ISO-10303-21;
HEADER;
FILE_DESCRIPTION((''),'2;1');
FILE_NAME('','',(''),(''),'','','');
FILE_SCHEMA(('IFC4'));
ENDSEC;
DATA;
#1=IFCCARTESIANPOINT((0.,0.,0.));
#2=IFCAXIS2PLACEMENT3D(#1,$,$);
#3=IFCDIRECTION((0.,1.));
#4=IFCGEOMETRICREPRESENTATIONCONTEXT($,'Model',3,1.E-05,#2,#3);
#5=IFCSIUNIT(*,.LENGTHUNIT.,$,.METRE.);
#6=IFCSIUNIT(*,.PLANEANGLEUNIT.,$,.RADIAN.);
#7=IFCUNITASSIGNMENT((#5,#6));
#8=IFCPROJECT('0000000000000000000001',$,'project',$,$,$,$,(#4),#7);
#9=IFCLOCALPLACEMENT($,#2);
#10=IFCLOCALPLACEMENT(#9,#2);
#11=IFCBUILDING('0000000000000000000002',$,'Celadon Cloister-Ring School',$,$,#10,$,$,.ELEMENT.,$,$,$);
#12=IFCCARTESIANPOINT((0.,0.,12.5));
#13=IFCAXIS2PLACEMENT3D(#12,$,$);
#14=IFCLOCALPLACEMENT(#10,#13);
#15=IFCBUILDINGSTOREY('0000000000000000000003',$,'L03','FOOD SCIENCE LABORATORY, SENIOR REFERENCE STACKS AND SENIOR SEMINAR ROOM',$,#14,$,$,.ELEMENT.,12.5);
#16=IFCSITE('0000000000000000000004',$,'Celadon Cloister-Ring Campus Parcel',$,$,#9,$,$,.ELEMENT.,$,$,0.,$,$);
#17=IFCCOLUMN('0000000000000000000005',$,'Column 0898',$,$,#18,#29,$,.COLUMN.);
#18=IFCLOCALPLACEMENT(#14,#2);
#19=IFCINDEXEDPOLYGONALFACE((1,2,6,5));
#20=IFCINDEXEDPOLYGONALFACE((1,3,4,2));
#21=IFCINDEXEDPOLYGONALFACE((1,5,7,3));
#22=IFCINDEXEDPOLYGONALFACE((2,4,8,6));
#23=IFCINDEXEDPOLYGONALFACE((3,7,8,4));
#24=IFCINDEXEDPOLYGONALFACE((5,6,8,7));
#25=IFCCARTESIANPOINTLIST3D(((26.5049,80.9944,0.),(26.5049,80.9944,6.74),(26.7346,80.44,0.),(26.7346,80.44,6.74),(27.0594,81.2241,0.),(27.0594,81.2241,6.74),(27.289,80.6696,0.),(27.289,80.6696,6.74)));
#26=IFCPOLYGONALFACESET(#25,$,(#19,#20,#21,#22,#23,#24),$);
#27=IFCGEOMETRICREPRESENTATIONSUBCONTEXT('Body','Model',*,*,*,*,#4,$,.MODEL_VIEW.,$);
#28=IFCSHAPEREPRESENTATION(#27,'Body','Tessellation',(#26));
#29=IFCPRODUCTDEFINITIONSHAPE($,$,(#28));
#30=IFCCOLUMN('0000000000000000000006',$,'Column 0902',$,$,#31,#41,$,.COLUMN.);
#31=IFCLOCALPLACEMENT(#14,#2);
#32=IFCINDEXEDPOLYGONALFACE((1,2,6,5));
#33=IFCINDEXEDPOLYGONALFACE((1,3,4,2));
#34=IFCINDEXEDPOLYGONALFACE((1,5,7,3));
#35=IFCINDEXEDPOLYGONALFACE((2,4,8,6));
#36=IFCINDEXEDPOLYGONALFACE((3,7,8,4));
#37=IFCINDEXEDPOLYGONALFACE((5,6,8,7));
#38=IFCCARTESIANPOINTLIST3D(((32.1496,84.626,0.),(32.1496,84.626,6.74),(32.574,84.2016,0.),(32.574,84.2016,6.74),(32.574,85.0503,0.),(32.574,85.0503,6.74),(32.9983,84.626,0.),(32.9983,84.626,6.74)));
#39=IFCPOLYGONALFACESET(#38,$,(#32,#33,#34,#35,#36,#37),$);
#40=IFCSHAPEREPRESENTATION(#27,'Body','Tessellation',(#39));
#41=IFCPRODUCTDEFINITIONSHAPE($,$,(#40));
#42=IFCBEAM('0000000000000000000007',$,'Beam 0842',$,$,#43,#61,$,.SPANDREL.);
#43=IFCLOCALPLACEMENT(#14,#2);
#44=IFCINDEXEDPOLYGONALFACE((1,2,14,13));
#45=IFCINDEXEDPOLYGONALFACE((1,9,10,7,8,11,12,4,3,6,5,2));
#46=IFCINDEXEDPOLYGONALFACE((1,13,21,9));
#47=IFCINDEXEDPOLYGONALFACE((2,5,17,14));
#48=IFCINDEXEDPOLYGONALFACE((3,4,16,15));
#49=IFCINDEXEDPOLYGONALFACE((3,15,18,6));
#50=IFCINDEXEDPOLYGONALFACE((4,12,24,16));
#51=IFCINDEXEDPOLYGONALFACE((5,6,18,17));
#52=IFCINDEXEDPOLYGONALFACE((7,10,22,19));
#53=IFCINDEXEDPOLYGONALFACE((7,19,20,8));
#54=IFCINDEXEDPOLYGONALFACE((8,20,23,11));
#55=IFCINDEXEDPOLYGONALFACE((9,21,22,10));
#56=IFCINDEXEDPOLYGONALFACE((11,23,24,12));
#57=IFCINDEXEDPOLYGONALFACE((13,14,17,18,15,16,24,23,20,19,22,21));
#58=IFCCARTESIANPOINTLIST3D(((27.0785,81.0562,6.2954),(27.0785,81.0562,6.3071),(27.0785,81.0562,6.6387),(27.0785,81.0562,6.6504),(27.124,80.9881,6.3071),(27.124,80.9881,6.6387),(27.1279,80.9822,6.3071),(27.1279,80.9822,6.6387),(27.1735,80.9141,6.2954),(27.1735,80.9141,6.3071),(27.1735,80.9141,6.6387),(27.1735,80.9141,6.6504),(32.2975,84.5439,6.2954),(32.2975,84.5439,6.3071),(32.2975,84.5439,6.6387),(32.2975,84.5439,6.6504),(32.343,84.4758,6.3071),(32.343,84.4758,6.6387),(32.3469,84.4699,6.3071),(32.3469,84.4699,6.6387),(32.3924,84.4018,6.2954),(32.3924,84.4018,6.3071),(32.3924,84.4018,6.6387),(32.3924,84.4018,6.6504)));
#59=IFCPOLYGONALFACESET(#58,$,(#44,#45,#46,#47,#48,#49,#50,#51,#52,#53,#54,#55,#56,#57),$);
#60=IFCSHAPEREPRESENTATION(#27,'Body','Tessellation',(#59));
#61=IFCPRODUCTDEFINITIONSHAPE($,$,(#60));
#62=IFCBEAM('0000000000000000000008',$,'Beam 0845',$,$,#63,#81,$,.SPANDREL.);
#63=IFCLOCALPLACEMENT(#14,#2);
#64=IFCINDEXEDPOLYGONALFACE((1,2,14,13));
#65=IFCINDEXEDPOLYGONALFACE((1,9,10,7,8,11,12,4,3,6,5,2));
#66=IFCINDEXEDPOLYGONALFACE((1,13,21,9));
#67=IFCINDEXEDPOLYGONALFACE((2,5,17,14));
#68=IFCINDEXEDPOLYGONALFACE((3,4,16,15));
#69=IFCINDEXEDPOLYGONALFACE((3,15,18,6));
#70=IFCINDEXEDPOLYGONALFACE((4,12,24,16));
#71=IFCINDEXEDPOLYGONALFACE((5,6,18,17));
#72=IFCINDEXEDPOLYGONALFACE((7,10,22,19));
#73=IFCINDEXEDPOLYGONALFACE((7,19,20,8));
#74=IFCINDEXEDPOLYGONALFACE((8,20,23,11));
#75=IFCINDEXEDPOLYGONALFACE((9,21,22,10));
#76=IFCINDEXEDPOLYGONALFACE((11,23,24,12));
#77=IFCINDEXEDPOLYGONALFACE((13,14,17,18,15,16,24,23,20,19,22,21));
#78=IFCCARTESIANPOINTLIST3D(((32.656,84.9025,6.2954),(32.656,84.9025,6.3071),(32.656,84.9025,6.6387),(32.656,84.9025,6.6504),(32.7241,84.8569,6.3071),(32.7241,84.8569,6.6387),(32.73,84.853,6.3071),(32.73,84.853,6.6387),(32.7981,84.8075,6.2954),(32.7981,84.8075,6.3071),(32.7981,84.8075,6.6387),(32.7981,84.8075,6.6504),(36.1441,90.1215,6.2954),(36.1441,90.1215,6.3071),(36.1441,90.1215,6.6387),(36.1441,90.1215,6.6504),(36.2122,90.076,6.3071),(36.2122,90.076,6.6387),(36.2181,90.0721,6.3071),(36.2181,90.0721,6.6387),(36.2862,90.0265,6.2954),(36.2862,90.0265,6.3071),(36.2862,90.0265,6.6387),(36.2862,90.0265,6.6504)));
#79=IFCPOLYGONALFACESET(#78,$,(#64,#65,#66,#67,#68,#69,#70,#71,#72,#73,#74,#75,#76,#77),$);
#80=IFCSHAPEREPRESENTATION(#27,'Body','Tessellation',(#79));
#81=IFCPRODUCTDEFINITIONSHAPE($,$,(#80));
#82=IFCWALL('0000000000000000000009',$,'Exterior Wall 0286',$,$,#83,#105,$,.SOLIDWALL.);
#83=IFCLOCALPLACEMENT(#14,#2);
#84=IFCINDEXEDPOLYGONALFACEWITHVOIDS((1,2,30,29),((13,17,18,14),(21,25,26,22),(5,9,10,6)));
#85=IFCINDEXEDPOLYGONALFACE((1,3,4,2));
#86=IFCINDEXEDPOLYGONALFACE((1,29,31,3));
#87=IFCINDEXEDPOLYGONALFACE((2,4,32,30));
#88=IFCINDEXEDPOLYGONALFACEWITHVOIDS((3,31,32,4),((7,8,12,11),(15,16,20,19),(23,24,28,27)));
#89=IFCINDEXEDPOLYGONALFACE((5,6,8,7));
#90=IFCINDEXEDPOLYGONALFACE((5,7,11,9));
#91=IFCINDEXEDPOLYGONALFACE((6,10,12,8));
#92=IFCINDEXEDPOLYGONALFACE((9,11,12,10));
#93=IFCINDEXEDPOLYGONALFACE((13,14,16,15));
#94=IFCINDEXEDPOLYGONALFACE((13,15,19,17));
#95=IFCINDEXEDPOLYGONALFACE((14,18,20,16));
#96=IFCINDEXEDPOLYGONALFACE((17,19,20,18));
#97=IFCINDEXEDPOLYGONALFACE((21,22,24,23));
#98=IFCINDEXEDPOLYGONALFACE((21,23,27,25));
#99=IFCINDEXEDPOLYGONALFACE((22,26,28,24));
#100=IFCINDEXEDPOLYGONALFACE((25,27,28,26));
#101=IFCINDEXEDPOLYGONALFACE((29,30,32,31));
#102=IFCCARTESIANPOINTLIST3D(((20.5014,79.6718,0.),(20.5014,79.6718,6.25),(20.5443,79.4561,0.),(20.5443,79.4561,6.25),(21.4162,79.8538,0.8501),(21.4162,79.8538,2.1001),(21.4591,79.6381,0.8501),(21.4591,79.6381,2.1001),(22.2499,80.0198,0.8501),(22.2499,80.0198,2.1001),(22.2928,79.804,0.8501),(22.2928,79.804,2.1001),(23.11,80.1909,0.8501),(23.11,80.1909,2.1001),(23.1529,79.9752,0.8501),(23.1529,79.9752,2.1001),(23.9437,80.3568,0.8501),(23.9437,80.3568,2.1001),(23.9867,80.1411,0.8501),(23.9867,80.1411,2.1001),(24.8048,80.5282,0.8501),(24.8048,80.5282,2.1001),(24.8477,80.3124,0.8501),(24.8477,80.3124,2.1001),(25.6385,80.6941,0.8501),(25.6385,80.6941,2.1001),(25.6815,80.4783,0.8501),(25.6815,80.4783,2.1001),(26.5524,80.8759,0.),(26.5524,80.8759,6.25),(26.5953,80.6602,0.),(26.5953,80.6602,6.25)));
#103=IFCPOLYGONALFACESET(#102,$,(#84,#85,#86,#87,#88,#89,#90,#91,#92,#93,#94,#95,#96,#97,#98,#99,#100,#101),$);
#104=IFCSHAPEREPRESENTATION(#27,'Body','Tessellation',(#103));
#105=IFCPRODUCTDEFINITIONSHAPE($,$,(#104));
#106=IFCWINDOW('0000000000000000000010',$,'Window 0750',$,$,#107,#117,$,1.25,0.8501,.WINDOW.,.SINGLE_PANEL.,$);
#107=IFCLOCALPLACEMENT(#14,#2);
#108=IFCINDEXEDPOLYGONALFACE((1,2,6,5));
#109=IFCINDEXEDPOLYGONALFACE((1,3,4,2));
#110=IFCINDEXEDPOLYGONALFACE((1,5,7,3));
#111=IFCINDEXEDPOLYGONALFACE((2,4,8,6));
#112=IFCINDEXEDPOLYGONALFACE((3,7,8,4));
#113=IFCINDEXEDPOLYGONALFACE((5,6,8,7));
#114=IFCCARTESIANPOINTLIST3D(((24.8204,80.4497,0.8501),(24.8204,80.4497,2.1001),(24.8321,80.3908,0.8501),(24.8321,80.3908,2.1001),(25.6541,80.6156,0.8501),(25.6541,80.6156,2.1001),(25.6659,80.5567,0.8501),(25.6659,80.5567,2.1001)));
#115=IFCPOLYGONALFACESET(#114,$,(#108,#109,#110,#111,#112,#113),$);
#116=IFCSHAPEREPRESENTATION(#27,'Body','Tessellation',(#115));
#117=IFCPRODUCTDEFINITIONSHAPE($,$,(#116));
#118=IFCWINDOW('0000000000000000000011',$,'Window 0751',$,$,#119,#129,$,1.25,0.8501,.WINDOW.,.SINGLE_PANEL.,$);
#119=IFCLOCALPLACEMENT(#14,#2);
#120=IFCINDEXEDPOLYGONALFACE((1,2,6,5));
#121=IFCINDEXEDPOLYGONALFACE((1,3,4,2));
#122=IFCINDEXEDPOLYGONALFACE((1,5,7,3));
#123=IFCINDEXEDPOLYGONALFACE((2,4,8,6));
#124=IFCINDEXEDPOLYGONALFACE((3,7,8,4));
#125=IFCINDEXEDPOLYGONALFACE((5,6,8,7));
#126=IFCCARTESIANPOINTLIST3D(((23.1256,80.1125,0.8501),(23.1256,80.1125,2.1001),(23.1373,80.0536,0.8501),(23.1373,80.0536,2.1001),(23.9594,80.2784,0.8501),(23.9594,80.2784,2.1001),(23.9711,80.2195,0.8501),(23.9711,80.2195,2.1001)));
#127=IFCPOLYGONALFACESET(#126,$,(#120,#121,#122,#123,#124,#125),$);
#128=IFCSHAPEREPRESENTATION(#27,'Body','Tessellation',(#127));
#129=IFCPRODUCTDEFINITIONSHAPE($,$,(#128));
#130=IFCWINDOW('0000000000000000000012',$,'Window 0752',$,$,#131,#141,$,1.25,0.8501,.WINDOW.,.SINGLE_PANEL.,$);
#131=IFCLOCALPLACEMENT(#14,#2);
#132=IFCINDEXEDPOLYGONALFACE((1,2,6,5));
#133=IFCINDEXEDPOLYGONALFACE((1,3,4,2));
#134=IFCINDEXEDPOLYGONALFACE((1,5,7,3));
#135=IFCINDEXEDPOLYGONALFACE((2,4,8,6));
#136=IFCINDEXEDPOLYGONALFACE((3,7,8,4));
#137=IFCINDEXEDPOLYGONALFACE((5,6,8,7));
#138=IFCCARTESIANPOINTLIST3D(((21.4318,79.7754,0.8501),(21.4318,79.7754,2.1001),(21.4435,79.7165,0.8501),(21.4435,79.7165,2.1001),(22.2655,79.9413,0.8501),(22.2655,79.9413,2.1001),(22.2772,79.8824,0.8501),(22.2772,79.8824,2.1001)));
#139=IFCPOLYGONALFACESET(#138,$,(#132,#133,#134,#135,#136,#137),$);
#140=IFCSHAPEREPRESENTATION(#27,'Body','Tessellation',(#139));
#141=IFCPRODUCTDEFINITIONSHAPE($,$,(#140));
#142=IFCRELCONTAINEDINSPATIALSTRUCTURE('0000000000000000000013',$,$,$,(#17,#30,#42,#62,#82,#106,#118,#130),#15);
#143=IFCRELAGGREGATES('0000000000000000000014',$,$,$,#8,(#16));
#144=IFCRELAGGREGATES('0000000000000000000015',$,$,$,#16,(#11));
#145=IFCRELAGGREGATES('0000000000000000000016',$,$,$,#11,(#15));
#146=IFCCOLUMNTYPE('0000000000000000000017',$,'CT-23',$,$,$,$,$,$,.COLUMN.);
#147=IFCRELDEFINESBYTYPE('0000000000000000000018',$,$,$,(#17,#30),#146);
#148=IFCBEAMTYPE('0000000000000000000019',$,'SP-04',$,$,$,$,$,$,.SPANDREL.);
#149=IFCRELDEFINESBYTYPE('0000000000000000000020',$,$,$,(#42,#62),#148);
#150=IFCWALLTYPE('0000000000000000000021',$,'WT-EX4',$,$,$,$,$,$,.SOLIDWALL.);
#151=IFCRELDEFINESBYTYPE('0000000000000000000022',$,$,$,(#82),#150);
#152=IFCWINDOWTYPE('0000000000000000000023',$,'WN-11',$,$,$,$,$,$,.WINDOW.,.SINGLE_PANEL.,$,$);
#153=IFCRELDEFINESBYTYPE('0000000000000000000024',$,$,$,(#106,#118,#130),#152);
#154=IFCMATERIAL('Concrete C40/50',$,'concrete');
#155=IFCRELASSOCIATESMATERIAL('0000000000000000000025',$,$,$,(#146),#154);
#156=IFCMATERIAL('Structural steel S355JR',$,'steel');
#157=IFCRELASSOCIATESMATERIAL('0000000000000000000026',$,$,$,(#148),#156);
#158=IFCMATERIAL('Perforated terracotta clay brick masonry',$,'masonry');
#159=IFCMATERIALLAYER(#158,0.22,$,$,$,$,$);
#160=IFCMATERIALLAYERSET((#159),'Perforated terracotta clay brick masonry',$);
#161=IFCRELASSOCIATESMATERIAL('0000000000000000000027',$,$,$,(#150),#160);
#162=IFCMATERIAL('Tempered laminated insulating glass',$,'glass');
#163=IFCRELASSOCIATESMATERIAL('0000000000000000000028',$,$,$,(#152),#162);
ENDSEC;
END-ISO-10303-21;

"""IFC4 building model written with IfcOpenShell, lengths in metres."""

from ifc_helpers import new_model, si_unit, direction, frame, frame_2d, origin, origin_2d, place, context, subcontext, project, spatial, rectangle, i_section, extrude, material, layer, layer_set, material_profile, profile_set, type_object, element, fill, save


model = new_model("IFC4")

# Units and contexts
model_context = context("Model", 3, precision=1e-05, world=origin(), true_north=direction((0.0, 1.0)))
body_context = subcontext(model_context, "Body", "Model", "MODEL_VIEW")
ifc_project = project(units=[si_unit("LENGTHUNIT", "METRE"), si_unit("PLANEANGLEUNIT", "RADIAN")], contexts=[model_context])

# Site, building, storey
site_placement = place(None, origin())
site = spatial("IfcSite", under=ifc_project, at=site_placement, Name="Celadon Cloister-Ring Campus Parcel", CompositionType="ELEMENT", RefElevation=0.0)
building_placement = place(site_placement, origin())
building = spatial("IfcBuilding", under=site, at=building_placement, Name="Celadon Cloister-Ring School", CompositionType="ELEMENT")
storey_placement = place(building_placement, frame((0.0, 0.0, 12.5)))
storey = spatial("IfcBuildingStorey", under=building, at=storey_placement, Name="L03", Description="FOOD SCIENCE LABORATORY, SENIOR REFERENCE STACKS AND SENIOR SEMINAR ROOM", CompositionType="ELEMENT", Elevation=12.5)

# Columns
ifc_material_1 = material(Name="Concrete C40/50", Category="concrete")
ifc_material_profile_1 = material_profile(ifc_material_1, rectangle(XDim=0.6001, YDim=0.6001, at=origin_2d()), Name="RC600X600")
ifc_profile_set_1 = profile_set([ifc_material_profile_1], Name="Concrete C40/50")
column_type = type_object("IfcColumnType", Name="CT-23", PredefinedType="COLUMN", material=ifc_profile_set_1)
for number, where, z_axis, x_axis, name in (
    (1, (26.897, 80.832, 0.0), (0.0, 0.0, 1.0), (0.382683, -0.92388, 0.0), "Column 0898"),
    (2, (32.574, 84.626, 0.0), (0.0, 0.0, 1.0), (0.707107, -0.707107, 0.0), "Column 0902"),
):
    element("IfcColumn", number, at=place(storey_placement, frame(where, z_axis=z_axis, x_axis=x_axis)), inside=storey, type_object=column_type, Name=name, PredefinedType="COLUMN", context=body_context, shape_type="SweptSolid", body=[
        extrude(rectangle(XDim=0.6001, YDim=0.6001, at=origin_2d()), origin(), (0.0, 0.0, 1.0), 6.74),
    ])

# Beams
ifc_material_2 = material(Name="Structural steel S355JR", Category="steel")
ifc_material_profile_2 = material_profile(ifc_material_2, i_section(OverallWidth=0.1709, OverallDepth=0.355, WebThickness=0.0071, FlangeThickness=0.0117, at=origin_2d()), Name="W360X51")
ifc_profile_set_2 = profile_set([ifc_material_profile_2], Name="Structural steel S355JR")
beam_type = type_object("IfcBeamType", Name="SP-04", PredefinedType="SPANDREL", material=ifc_profile_set_2)
beam_1_placement = place(storey_placement, frame((27.126, 80.9851, 6.4729), z_axis=(0.831427, 0.555633, 0.0), x_axis=(-0.555633, 0.831427, 0.0)))
element("IfcBeam", 3, at=beam_1_placement, inside=storey, type_object=beam_type, Name="Beam 0842", PredefinedType="SPANDREL", context=body_context, shape_type="SweptSolid", body=[
    extrude(i_section(OverallWidth=0.1709, OverallDepth=0.355, WebThickness=0.0071, FlangeThickness=0.0117, at=origin_2d()), origin(), (0.0, 0.0, 1.0), 6.2771),
])
beam_2_placement = place(storey_placement, frame((32.7271, 84.855, 6.4729), z_axis=(0.55566, 0.83141, 0.0), x_axis=(-0.83141, 0.55566, 0.0)))
element("IfcBeam", 4, at=beam_2_placement, inside=storey, type_object=beam_type, Name="Beam 0845", PredefinedType="SPANDREL", context=body_context, shape_type="SweptSolid", body=[
    extrude(i_section(OverallWidth=0.1709, OverallDepth=0.355, WebThickness=0.0071, FlangeThickness=0.0117, at=origin_2d()), origin(), (0.0, 0.0, 1.0), 6.2773),
])

# Wall, openings, windows
ifc_material_3 = material(Name="Perforated terracotta clay brick masonry", Category="masonry")
ifc_layer_1 = layer(ifc_material_3, 0.22)
ifc_layer_set_1 = layer_set([ifc_layer_1], Name="Perforated terracotta clay brick masonry")
wall_type_1 = type_object("IfcWallType", Name="WT-EX4", PredefinedType="SOLIDWALL", material=ifc_layer_set_1)
wall_1_placement = place(storey_placement, frame((26.574, 80.7681, 0.0), z_axis=(0.0, 0.0, 1.0), x_axis=(-0.98077, -0.195165, 0.0)))
wall_1 = element("IfcWall", 5, at=wall_1_placement, inside=storey, type_object=wall_type_1, Name="Exterior Wall 0286", PredefinedType="SOLIDWALL", context=body_context, shape_type="SweptSolid", body=[
    extrude(rectangle(XDim=6.1697, YDim=0.22, at=frame_2d((3.085, 0.0))), origin(), (0.0, 0.0, 1.0), 6.25),
])
opening_1_placement = place(wall_1_placement, frame((0.9319, 0.0, 0.8501)))
opening_1 = element("IfcOpeningElement", 6, at=opening_1_placement, cuts=wall_1, PredefinedType="OPENING", context=body_context, shape_type="SweptSolid", body=[
    extrude(rectangle(XDim=0.8501, YDim=1.25, at=frame_2d((0.425, 0.625))), frame((0.0, 0.1201, 0.0), z_axis=(0.0, -1.0, 0.0), x_axis=(1.0, 0.0, 0.0)), (0.0, 0.0, 1.0), 0.24),
])
opening_2_placement = place(wall_1_placement, frame((2.6599, 0.0, 0.8501)))
opening_2 = element("IfcOpeningElement", 7, at=opening_2_placement, cuts=wall_1, PredefinedType="OPENING", context=body_context, shape_type="SweptSolid", body=[
    extrude(rectangle(XDim=0.8501, YDim=1.25, at=frame_2d((0.425, 0.625))), frame((0.0, 0.1201, 0.0), z_axis=(0.0, -1.0, 0.0), x_axis=(1.0, 0.0, 0.0)), (0.0, 0.0, 1.0), 0.24),
])
opening_3_placement = place(wall_1_placement, frame((4.387, 0.0, 0.8501)))
opening_3 = element("IfcOpeningElement", 8, at=opening_3_placement, cuts=wall_1, PredefinedType="OPENING", context=body_context, shape_type="SweptSolid", body=[
    extrude(rectangle(XDim=0.8501, YDim=1.25, at=frame_2d((0.425, 0.625))), frame((0.0, 0.1201, 0.0), z_axis=(0.0, -1.0, 0.0), x_axis=(1.0, 0.0, 0.0)), (0.0, 0.0, 1.0), 0.24),
])
ifc_material_4 = material(Name="Tempered laminated insulating glass", Category="glass")
window_type = type_object("IfcWindowType", Name="WN-11", PartitioningType="SINGLE_PANEL", PredefinedType="WINDOW", material=ifc_material_4)
window_1_placement = place(opening_1_placement, origin())
window_1 = element("IfcWindow", 9, at=window_1_placement, inside=storey, type_object=window_type, Name="Window 0750", OverallHeight=1.25, OverallWidth=0.8501, PartitioningType="SINGLE_PANEL", PredefinedType="WINDOW", context=body_context, shape_type="SweptSolid", body=[
    extrude(rectangle(XDim=0.8501, YDim=1.25, at=frame_2d((0.425, 0.625))), frame((0.0, 0.03, 0.0), z_axis=(0.0, -1.0, 0.0), x_axis=(1.0, 0.0, 0.0)), (0.0, 0.0, 1.0), 0.0601),
])
fill(opening_1, window_1)
window_2_placement = place(opening_2_placement, origin())
window_2 = element("IfcWindow", 10, at=window_2_placement, inside=storey, type_object=window_type, Name="Window 0751", OverallHeight=1.25, OverallWidth=0.8501, PartitioningType="SINGLE_PANEL", PredefinedType="WINDOW", context=body_context, shape_type="SweptSolid", body=[
    extrude(rectangle(XDim=0.8501, YDim=1.25, at=frame_2d((0.425, 0.625))), frame((0.0, 0.03, 0.0), z_axis=(0.0, -1.0, 0.0), x_axis=(1.0, 0.0, 0.0)), (0.0, 0.0, 1.0), 0.0601),
])
fill(opening_2, window_2)
window_3_placement = place(opening_3_placement, origin())
window_3 = element("IfcWindow", 11, at=window_3_placement, inside=storey, type_object=window_type, Name="Window 0752", OverallHeight=1.25, OverallWidth=0.8501, PartitioningType="SINGLE_PANEL", PredefinedType="WINDOW", context=body_context, shape_type="SweptSolid", body=[
    extrude(rectangle(XDim=0.8501, YDim=1.25, at=frame_2d((0.425, 0.625))), frame((0.0, 0.03, 0.0), z_axis=(0.0, -1.0, 0.0), x_axis=(1.0, 0.0, 0.0)), (0.0, 0.0, 1.0), 0.0601),
])
fill(opening_3, window_3)

save(model, "model.ifc")
